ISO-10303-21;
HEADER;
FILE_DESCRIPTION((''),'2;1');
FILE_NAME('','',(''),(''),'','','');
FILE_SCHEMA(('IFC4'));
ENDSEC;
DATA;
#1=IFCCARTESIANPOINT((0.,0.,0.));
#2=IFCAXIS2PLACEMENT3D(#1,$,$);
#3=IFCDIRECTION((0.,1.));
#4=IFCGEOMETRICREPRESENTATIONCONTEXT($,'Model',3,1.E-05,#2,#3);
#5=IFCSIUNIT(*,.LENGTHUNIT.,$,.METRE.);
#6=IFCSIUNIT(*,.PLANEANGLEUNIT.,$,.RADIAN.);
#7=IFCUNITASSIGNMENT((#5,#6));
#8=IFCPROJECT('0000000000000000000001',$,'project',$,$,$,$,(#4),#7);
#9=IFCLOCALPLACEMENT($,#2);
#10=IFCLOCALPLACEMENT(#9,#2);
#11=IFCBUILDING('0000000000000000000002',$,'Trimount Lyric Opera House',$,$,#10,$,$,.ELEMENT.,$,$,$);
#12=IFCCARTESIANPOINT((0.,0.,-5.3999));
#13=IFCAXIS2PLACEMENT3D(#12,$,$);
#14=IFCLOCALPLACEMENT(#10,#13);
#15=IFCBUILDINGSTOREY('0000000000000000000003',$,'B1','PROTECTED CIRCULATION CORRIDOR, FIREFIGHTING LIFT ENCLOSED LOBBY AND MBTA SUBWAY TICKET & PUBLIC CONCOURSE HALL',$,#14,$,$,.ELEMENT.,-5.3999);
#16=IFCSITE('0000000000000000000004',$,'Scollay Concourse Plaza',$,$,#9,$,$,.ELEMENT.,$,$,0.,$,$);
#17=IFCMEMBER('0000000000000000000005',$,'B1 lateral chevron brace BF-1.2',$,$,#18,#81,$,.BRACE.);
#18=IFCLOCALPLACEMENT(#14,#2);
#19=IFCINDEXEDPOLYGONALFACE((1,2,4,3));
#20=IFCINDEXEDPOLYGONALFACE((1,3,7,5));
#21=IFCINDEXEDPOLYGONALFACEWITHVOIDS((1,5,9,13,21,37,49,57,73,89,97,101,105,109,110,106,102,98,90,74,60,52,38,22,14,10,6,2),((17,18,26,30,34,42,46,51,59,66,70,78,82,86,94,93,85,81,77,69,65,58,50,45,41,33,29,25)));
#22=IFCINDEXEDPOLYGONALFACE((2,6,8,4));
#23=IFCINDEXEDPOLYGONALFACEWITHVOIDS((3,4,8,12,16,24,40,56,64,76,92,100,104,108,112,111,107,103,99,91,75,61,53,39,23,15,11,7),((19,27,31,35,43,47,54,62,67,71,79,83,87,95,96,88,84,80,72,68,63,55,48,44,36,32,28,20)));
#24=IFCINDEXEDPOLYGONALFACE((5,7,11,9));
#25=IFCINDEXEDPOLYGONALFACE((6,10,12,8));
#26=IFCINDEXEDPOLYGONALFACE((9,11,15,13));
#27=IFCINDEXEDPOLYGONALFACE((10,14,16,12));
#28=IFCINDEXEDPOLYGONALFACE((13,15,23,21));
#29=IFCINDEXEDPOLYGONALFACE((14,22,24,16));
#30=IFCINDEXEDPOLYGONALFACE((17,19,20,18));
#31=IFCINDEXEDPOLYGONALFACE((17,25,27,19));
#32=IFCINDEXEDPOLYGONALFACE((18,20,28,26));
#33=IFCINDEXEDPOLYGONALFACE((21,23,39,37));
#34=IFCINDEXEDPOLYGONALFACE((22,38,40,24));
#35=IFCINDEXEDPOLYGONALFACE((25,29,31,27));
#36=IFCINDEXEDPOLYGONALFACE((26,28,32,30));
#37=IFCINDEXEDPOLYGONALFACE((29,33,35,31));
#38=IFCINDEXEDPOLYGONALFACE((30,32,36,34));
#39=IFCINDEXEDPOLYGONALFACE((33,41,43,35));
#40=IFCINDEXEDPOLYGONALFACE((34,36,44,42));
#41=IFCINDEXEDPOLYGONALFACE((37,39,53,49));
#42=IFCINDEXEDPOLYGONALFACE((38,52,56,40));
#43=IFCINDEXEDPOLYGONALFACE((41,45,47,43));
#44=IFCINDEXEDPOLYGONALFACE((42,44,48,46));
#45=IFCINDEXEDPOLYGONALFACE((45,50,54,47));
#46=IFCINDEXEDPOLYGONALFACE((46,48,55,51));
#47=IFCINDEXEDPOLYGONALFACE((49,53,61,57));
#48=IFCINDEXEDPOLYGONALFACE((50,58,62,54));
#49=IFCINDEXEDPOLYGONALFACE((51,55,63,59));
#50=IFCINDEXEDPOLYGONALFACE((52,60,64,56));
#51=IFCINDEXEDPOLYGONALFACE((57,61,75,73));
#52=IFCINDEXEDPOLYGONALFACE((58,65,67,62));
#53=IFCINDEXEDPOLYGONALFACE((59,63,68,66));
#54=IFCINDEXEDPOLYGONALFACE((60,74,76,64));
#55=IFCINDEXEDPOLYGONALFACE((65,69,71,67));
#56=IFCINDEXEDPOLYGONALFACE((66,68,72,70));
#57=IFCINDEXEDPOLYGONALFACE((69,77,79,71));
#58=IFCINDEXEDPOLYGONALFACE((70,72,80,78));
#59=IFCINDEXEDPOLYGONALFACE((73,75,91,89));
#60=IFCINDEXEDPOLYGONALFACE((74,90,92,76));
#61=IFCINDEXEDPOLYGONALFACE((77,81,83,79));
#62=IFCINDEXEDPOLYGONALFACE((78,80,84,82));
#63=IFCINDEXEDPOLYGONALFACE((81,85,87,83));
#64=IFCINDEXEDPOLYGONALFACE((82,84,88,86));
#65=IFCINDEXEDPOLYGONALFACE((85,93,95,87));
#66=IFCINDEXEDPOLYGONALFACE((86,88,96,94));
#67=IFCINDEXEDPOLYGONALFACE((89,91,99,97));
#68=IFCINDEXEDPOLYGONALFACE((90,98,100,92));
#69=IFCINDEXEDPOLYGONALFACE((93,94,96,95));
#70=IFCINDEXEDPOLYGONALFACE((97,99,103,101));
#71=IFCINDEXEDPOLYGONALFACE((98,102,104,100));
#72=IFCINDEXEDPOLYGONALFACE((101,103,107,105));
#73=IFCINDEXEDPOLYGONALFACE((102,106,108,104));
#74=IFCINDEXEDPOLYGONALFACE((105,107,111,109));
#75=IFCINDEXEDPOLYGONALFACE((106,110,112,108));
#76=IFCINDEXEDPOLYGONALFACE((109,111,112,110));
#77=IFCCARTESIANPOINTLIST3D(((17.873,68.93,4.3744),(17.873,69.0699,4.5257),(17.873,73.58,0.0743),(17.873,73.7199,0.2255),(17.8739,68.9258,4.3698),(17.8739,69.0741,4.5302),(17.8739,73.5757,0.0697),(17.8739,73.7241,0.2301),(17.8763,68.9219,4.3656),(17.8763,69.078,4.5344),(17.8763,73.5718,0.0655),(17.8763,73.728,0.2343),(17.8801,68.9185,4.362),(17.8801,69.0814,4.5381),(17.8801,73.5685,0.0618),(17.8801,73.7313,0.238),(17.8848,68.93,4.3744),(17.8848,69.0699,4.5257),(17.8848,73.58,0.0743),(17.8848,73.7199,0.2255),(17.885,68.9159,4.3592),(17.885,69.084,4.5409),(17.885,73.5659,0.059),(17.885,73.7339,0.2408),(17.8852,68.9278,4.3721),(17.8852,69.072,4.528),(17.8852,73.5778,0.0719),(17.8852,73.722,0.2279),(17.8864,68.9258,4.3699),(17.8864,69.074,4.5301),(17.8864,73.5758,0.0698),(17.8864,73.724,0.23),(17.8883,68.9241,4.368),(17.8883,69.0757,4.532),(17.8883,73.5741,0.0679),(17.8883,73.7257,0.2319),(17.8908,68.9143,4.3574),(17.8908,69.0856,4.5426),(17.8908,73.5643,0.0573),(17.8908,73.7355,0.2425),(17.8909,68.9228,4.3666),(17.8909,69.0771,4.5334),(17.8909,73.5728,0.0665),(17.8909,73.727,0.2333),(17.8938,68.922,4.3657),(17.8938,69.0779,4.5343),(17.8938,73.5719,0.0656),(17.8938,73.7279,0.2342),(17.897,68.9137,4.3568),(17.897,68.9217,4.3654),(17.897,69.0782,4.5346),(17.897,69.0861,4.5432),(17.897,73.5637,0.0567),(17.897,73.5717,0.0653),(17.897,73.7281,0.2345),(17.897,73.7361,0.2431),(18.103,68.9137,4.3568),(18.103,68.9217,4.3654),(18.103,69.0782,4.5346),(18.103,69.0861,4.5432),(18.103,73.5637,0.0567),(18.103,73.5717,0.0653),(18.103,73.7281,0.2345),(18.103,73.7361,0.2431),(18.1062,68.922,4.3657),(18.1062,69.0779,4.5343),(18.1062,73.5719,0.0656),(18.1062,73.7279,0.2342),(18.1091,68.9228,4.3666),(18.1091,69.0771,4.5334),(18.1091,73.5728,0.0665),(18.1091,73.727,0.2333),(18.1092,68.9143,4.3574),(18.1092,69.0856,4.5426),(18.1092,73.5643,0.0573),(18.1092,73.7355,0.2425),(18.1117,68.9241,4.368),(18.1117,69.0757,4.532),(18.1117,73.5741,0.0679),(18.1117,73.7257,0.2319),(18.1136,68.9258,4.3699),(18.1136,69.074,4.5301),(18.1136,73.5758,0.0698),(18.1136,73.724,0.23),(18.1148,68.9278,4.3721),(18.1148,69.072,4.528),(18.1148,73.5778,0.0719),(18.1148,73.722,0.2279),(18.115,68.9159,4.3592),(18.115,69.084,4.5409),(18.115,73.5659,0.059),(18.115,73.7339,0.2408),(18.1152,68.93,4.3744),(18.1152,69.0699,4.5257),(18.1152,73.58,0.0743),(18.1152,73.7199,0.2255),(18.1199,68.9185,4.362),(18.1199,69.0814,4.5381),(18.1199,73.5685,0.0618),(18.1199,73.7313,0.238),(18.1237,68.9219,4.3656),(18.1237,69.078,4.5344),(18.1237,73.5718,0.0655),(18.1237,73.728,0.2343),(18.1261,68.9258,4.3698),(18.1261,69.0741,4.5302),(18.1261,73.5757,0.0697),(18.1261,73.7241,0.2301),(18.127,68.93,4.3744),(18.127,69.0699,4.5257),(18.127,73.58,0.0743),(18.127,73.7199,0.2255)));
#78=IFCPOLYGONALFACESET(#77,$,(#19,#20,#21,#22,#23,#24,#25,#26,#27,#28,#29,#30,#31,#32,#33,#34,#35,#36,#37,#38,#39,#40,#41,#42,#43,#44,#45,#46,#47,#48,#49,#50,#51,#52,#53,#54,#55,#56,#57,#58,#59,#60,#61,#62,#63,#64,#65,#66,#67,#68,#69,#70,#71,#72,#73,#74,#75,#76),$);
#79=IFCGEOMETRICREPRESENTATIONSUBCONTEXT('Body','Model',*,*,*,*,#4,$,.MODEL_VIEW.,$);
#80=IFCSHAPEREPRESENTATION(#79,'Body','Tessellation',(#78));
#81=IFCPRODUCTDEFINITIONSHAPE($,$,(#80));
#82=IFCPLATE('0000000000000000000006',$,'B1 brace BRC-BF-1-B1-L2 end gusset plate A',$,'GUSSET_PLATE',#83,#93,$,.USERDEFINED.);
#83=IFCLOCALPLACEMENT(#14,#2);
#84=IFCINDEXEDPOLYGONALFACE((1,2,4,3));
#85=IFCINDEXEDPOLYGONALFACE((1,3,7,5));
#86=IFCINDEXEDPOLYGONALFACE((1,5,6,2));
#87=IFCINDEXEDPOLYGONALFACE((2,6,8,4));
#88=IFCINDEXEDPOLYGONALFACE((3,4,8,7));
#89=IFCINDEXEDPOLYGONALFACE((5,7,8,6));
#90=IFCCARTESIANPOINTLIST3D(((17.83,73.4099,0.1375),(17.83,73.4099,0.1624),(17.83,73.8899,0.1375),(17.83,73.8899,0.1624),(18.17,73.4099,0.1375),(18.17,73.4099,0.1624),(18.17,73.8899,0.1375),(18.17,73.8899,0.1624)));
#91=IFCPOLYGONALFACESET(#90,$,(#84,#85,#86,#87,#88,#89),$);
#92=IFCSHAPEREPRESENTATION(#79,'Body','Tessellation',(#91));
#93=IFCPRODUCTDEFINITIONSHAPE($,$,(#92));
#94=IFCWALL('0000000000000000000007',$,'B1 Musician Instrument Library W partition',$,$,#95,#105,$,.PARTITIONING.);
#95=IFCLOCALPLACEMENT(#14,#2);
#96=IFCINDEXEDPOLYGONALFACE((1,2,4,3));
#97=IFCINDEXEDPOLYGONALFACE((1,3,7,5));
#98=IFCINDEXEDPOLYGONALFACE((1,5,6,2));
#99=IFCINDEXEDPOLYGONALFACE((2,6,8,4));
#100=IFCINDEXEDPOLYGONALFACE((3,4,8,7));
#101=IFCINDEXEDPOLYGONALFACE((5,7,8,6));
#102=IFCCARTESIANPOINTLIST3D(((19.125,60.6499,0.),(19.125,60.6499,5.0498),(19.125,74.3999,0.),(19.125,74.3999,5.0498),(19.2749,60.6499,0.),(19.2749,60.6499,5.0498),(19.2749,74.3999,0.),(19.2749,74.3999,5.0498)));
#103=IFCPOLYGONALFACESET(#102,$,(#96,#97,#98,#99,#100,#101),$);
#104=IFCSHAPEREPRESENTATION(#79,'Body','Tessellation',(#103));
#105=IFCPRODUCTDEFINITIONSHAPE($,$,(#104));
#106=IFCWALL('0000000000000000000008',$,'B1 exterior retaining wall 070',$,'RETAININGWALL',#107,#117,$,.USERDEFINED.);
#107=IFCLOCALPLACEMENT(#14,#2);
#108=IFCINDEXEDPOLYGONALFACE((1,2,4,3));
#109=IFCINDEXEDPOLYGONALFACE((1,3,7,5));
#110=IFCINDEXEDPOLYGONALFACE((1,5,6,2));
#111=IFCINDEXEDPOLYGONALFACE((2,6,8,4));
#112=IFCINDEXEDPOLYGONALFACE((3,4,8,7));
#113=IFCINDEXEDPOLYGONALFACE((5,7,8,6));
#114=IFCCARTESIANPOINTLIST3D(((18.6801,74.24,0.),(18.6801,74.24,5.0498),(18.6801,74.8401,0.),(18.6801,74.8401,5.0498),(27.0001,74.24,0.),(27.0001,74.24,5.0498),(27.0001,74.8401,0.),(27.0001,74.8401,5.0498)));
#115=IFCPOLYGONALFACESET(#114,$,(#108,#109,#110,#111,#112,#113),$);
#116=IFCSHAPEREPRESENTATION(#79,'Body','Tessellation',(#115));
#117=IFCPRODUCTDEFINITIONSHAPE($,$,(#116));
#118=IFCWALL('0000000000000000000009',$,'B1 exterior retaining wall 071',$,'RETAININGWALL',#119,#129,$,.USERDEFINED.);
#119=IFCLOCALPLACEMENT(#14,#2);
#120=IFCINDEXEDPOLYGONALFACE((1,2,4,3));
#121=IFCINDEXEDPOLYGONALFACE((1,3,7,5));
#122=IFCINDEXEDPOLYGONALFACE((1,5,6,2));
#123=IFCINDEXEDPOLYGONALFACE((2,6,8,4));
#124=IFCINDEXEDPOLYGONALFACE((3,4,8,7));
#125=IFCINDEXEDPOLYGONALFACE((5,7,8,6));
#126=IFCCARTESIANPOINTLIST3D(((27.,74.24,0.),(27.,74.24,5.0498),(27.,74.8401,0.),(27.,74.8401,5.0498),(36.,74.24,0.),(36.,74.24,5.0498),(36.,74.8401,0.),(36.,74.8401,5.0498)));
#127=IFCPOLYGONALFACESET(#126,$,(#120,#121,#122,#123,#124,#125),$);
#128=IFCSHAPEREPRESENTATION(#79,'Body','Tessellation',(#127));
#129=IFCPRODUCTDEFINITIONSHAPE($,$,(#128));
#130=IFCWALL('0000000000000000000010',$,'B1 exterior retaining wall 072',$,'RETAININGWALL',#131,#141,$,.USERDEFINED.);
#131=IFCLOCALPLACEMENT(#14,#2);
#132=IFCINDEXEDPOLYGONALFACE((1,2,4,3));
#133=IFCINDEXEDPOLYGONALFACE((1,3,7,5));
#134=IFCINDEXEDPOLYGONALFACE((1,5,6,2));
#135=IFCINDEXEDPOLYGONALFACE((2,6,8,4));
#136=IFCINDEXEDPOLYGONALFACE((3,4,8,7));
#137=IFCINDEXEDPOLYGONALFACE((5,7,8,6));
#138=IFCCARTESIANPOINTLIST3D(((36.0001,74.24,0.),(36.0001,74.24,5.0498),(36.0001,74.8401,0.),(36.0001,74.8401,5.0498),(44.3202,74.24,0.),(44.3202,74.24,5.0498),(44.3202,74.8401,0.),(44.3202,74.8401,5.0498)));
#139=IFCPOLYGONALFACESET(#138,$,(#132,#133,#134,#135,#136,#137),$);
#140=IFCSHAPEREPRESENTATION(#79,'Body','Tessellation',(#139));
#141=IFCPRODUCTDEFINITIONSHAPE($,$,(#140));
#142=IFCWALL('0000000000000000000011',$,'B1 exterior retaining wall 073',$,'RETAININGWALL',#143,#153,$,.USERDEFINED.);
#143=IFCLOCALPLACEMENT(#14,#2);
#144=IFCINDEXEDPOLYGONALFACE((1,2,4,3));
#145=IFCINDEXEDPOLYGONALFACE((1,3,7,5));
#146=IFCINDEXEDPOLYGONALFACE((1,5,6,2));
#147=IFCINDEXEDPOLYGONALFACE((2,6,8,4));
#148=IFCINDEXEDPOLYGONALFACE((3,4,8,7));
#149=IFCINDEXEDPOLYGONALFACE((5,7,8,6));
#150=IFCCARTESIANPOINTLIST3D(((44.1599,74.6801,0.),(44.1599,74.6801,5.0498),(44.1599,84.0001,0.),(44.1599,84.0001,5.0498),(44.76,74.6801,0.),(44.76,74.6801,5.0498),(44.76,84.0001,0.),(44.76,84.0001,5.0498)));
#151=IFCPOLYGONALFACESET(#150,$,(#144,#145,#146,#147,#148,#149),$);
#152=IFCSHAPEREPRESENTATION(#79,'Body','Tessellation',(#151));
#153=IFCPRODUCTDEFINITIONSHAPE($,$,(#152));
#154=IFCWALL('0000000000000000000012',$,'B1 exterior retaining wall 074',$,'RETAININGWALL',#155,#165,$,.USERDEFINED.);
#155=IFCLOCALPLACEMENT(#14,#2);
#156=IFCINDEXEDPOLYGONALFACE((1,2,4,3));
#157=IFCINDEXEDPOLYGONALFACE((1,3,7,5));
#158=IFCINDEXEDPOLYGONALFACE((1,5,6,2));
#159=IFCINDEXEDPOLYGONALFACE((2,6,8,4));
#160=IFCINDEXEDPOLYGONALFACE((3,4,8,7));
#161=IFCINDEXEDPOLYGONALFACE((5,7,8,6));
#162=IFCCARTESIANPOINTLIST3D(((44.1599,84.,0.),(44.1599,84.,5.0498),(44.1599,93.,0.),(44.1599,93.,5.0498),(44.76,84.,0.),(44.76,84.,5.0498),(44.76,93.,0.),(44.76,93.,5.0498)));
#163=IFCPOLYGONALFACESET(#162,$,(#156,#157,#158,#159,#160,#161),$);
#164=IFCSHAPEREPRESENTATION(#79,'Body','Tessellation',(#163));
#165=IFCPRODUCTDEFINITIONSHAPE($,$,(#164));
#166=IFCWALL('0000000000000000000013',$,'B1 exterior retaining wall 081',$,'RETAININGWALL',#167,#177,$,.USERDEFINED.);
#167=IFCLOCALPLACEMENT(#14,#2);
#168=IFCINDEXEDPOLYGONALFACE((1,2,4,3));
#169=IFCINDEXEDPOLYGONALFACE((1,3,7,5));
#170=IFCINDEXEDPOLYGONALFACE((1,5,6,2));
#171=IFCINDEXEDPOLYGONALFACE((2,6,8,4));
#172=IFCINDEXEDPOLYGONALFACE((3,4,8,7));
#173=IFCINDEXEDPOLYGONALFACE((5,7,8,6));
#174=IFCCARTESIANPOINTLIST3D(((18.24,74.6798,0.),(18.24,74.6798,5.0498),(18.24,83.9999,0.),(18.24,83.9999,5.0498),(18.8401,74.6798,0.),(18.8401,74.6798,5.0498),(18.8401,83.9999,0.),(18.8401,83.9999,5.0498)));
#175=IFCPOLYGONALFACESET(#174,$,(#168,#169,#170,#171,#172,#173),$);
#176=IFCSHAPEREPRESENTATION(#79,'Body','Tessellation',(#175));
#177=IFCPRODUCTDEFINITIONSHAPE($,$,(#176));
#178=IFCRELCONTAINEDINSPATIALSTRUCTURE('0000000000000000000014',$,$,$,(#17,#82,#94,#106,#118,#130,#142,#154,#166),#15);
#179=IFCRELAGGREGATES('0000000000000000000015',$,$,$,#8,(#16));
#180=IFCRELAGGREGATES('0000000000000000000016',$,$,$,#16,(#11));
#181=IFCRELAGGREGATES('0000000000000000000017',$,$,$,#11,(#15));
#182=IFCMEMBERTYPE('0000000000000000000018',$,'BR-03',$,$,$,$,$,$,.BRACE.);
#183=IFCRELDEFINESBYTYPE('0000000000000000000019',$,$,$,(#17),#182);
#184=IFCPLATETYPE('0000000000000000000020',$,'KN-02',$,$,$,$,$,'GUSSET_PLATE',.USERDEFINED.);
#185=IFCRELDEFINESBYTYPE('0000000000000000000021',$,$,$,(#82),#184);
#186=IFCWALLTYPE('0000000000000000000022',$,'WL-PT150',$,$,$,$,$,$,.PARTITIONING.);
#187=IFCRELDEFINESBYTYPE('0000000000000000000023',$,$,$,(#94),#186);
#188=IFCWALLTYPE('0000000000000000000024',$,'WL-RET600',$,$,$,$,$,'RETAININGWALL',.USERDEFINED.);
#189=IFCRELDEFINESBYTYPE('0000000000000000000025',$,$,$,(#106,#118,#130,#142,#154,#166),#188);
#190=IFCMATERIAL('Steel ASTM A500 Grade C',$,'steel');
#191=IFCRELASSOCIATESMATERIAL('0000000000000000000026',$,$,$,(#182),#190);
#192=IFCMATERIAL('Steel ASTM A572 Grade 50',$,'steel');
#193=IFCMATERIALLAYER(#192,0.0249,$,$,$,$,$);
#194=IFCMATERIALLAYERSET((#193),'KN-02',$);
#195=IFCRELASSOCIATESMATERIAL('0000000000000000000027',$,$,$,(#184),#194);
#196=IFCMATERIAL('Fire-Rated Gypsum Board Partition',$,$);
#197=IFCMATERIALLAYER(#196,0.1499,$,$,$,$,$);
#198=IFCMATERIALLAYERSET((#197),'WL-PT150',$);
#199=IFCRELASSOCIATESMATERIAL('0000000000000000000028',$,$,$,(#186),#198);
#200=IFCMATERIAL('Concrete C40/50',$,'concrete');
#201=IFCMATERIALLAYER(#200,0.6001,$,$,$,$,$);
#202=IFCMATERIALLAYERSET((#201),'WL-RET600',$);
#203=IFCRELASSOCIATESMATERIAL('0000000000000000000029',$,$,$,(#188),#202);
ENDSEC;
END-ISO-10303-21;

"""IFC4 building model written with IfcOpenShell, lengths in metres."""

from ifc_helpers import new_model, si_unit, direction, frame, frame_2d, origin, origin_2d, place, context, subcontext, project, spatial, rectangle, hollow_rectangle, extrude, material, layer, layer_set, material_profile, profile_set, type_object, element, save


model = new_model("IFC4")

# Units and contexts
model_context = context("Model", 3, precision=1e-05, world=origin(), true_north=direction((0.0, 1.0)))
body_context = subcontext(model_context, "Body", "Model", "MODEL_VIEW")
ifc_project = project(units=[si_unit("LENGTHUNIT", "METRE"), si_unit("PLANEANGLEUNIT", "RADIAN")], contexts=[model_context])

# Site, building, storey
site_placement = place(None, origin())
site = spatial("IfcSite", under=ifc_project, at=site_placement, Name="Scollay Concourse Plaza", CompositionType="ELEMENT", RefElevation=0.0)
building_placement = place(site_placement, origin())
building = spatial("IfcBuilding", under=site, at=building_placement, Name="Trimount Lyric Opera House", CompositionType="ELEMENT")
storey_placement = place(building_placement, frame((0.0, 0.0, -5.3999)))
storey = spatial("IfcBuildingStorey", under=building, at=storey_placement, Name="B1", Description="PROTECTED CIRCULATION CORRIDOR, FIREFIGHTING LIFT ENCLOSED LOBBY AND MBTA SUBWAY TICKET & PUBLIC CONCOURSE HALL", CompositionType="ELEMENT", Elevation=-5.3999)

# Member
ifc_material_1 = material(Name="Steel ASTM A500 Grade C", Category="steel")
ifc_material_profile_1 = material_profile(ifc_material_1, hollow_rectangle(XDim=0.2539, YDim=0.2539, WallThickness=0.0117, InnerFilletRadius=0.0122, OuterFilletRadius=0.0239, at=origin_2d()), Name="HSS254.0X254.0X12.7")
ifc_profile_set_1 = profile_set([ifc_material_profile_1], Name="Steel ASTM A500 Grade C")
member_type = type_object("IfcMemberType", Name="BR-03", PredefinedType="BRACE", material=ifc_profile_set_1)
member_placement = place(storey_placement, frame((18.0, 73.6499, 0.1499), z_axis=(0.0, -0.734187, 0.678947), x_axis=(1.0, 0.0, 0.0)))
element("IfcMember", 1, at=member_placement, inside=storey, type_object=member_type, Name="B1 lateral chevron brace BF-1.2", PredefinedType="BRACE", context=body_context, shape_type="SweptSolid", body=[
    extrude(hollow_rectangle(XDim=0.2539, YDim=0.2539, WallThickness=0.0117, InnerFilletRadius=0.0122, OuterFilletRadius=0.0239, at=origin_2d()), origin(), (0.0, 0.0, 1.0), 6.3335),
])

# Plate
ifc_material_2 = material(Name="Steel ASTM A572 Grade 50", Category="steel")
ifc_layer_1 = layer(ifc_material_2, 0.0249)
ifc_layer_set_1 = layer_set([ifc_layer_1], Name="KN-02")
plate_type = type_object("IfcPlateType", Name="KN-02", ElementType="GUSSET_PLATE", PredefinedType="USERDEFINED", material=ifc_layer_set_1)
plate_placement = place(storey_placement, frame((18.0, 73.6499, 0.1375), z_axis=(0.0, 0.0, 1.0), x_axis=(0.0, -1.0, 0.0)))
element("IfcPlate", 2, at=plate_placement, inside=storey, type_object=plate_type, Name="B1 brace BRC-BF-1-B1-L2 end gusset plate A", ObjectType="GUSSET_PLATE", PredefinedType="USERDEFINED", context=body_context, shape_type="SweptSolid", body=[
    extrude(rectangle(XDim=0.48, YDim=0.3401, at=origin_2d()), origin(), (0.0, 0.0, 1.0), 0.0249),
])

# Walls
ifc_material_3 = material(Name="Fire-Rated Gypsum Board Partition")
ifc_layer_2 = layer(ifc_material_3, 0.1499)
ifc_layer_set_2 = layer_set([ifc_layer_2], Name="WL-PT150")
wall_type_1 = type_object("IfcWallType", Name="WL-PT150", PredefinedType="PARTITIONING", material=ifc_layer_set_2)
wall_1_placement = place(storey_placement, frame((19.2, 74.3999, 0.0), z_axis=(0.0, 0.0, 1.0), x_axis=(0.0, -1.0, 0.0)))
element("IfcWall", 3, at=wall_1_placement, inside=storey, type_object=wall_type_1, Name="B1 Musician Instrument Library W partition", PredefinedType="PARTITIONING", context=body_context, shape_type="SweptSolid", body=[
    extrude(rectangle(XDim=13.75, YDim=0.1499, at=frame_2d((6.875, 0.0))), origin(), (0.0, 0.0, 1.0), 5.0498),
])
ifc_material_4 = material(Name="Concrete C40/50", Category="concrete")
ifc_layer_3 = layer(ifc_material_4, 0.6001)
ifc_layer_set_3 = layer_set([ifc_layer_3], Name="WL-RET600")
wall_type_2 = type_object("IfcWallType", Name="WL-RET600", ElementType="RETAININGWALL", PredefinedType="USERDEFINED", material=ifc_layer_set_3)
wall_2_placement = place(storey_placement, frame((18.6799, 74.54, 0.0), z_axis=(0.0, 0.0, 1.0), x_axis=(1.0, 0.0, 0.0)))
element("IfcWall", 4, at=wall_2_placement, inside=storey, type_object=wall_type_2, Name="B1 exterior retaining wall 070", ObjectType="RETAININGWALL", PredefinedType="USERDEFINED", context=body_context, shape_type="SweptSolid", body=[
    extrude(rectangle(XDim=8.3201, YDim=0.6001, at=frame_2d((4.1602, 0.0))), origin(), (0.0, 0.0, 1.0), 5.0498),
])
wall_3_placement = place(storey_placement, frame((27.0, 74.54, 0.0), z_axis=(0.0, 0.0, 1.0), x_axis=(1.0, 0.0, 0.0)))
element("IfcWall", 5, at=wall_3_placement, inside=storey, type_object=wall_type_2, Name="B1 exterior retaining wall 071", ObjectType="RETAININGWALL", PredefinedType="USERDEFINED", context=body_context, shape_type="SweptSolid", body=[
    extrude(rectangle(XDim=9.0, YDim=0.6001, at=frame_2d((4.5, 0.0))), origin(), (0.0, 0.0, 1.0), 5.0498),
])
wall_4_placement = place(storey_placement, frame((36.0, 74.54, 0.0), z_axis=(0.0, 0.0, 1.0), x_axis=(1.0, 0.0, 0.0)))
element("IfcWall", 6, at=wall_4_placement, inside=storey, type_object=wall_type_2, Name="B1 exterior retaining wall 072", ObjectType="RETAININGWALL", PredefinedType="USERDEFINED", context=body_context, shape_type="SweptSolid", body=[
    extrude(rectangle(XDim=8.3201, YDim=0.6001, at=frame_2d((4.1602, 0.0))), origin(), (0.0, 0.0, 1.0), 5.0498),
])
wall_5_placement = place(storey_placement, frame((44.46, 74.6799, 0.0), z_axis=(0.0, 0.0, 1.0), x_axis=(0.0, 1.0, 0.0)))
element("IfcWall", 7, at=wall_5_placement, inside=storey, type_object=wall_type_2, Name="B1 exterior retaining wall 073", ObjectType="RETAININGWALL", PredefinedType="USERDEFINED", context=body_context, shape_type="SweptSolid", body=[
    extrude(rectangle(XDim=9.3201, YDim=0.6001, at=frame_2d((4.6602, 0.0))), origin(), (0.0, 0.0, 1.0), 5.0498),
])
wall_6_placement = place(storey_placement, frame((44.46, 84.0, 0.0), z_axis=(0.0, 0.0, 1.0), x_axis=(0.0, 1.0, 0.0)))
element("IfcWall", 8, at=wall_6_placement, inside=storey, type_object=wall_type_2, Name="B1 exterior retaining wall 074", ObjectType="RETAININGWALL", PredefinedType="USERDEFINED", context=body_context, shape_type="SweptSolid", body=[
    extrude(rectangle(XDim=9.0, YDim=0.6001, at=frame_2d((4.5, 0.0))), origin(), (0.0, 0.0, 1.0), 5.0498),
])
wall_7_placement = place(storey_placement, frame((18.54, 84.0, 0.0), z_axis=(0.0, 0.0, 1.0), x_axis=(0.0, -1.0, 0.0)))
element("IfcWall", 9, at=wall_7_placement, inside=storey, type_object=wall_type_2, Name="B1 exterior retaining wall 081", ObjectType="RETAININGWALL", PredefinedType="USERDEFINED", context=body_context, shape_type="SweptSolid", body=[
    extrude(rectangle(XDim=9.3201, YDim=0.6001, at=frame_2d((4.6602, 0.0))), origin(), (0.0, 0.0, 1.0), 5.0498),
])

save(model, "model.ifc")
